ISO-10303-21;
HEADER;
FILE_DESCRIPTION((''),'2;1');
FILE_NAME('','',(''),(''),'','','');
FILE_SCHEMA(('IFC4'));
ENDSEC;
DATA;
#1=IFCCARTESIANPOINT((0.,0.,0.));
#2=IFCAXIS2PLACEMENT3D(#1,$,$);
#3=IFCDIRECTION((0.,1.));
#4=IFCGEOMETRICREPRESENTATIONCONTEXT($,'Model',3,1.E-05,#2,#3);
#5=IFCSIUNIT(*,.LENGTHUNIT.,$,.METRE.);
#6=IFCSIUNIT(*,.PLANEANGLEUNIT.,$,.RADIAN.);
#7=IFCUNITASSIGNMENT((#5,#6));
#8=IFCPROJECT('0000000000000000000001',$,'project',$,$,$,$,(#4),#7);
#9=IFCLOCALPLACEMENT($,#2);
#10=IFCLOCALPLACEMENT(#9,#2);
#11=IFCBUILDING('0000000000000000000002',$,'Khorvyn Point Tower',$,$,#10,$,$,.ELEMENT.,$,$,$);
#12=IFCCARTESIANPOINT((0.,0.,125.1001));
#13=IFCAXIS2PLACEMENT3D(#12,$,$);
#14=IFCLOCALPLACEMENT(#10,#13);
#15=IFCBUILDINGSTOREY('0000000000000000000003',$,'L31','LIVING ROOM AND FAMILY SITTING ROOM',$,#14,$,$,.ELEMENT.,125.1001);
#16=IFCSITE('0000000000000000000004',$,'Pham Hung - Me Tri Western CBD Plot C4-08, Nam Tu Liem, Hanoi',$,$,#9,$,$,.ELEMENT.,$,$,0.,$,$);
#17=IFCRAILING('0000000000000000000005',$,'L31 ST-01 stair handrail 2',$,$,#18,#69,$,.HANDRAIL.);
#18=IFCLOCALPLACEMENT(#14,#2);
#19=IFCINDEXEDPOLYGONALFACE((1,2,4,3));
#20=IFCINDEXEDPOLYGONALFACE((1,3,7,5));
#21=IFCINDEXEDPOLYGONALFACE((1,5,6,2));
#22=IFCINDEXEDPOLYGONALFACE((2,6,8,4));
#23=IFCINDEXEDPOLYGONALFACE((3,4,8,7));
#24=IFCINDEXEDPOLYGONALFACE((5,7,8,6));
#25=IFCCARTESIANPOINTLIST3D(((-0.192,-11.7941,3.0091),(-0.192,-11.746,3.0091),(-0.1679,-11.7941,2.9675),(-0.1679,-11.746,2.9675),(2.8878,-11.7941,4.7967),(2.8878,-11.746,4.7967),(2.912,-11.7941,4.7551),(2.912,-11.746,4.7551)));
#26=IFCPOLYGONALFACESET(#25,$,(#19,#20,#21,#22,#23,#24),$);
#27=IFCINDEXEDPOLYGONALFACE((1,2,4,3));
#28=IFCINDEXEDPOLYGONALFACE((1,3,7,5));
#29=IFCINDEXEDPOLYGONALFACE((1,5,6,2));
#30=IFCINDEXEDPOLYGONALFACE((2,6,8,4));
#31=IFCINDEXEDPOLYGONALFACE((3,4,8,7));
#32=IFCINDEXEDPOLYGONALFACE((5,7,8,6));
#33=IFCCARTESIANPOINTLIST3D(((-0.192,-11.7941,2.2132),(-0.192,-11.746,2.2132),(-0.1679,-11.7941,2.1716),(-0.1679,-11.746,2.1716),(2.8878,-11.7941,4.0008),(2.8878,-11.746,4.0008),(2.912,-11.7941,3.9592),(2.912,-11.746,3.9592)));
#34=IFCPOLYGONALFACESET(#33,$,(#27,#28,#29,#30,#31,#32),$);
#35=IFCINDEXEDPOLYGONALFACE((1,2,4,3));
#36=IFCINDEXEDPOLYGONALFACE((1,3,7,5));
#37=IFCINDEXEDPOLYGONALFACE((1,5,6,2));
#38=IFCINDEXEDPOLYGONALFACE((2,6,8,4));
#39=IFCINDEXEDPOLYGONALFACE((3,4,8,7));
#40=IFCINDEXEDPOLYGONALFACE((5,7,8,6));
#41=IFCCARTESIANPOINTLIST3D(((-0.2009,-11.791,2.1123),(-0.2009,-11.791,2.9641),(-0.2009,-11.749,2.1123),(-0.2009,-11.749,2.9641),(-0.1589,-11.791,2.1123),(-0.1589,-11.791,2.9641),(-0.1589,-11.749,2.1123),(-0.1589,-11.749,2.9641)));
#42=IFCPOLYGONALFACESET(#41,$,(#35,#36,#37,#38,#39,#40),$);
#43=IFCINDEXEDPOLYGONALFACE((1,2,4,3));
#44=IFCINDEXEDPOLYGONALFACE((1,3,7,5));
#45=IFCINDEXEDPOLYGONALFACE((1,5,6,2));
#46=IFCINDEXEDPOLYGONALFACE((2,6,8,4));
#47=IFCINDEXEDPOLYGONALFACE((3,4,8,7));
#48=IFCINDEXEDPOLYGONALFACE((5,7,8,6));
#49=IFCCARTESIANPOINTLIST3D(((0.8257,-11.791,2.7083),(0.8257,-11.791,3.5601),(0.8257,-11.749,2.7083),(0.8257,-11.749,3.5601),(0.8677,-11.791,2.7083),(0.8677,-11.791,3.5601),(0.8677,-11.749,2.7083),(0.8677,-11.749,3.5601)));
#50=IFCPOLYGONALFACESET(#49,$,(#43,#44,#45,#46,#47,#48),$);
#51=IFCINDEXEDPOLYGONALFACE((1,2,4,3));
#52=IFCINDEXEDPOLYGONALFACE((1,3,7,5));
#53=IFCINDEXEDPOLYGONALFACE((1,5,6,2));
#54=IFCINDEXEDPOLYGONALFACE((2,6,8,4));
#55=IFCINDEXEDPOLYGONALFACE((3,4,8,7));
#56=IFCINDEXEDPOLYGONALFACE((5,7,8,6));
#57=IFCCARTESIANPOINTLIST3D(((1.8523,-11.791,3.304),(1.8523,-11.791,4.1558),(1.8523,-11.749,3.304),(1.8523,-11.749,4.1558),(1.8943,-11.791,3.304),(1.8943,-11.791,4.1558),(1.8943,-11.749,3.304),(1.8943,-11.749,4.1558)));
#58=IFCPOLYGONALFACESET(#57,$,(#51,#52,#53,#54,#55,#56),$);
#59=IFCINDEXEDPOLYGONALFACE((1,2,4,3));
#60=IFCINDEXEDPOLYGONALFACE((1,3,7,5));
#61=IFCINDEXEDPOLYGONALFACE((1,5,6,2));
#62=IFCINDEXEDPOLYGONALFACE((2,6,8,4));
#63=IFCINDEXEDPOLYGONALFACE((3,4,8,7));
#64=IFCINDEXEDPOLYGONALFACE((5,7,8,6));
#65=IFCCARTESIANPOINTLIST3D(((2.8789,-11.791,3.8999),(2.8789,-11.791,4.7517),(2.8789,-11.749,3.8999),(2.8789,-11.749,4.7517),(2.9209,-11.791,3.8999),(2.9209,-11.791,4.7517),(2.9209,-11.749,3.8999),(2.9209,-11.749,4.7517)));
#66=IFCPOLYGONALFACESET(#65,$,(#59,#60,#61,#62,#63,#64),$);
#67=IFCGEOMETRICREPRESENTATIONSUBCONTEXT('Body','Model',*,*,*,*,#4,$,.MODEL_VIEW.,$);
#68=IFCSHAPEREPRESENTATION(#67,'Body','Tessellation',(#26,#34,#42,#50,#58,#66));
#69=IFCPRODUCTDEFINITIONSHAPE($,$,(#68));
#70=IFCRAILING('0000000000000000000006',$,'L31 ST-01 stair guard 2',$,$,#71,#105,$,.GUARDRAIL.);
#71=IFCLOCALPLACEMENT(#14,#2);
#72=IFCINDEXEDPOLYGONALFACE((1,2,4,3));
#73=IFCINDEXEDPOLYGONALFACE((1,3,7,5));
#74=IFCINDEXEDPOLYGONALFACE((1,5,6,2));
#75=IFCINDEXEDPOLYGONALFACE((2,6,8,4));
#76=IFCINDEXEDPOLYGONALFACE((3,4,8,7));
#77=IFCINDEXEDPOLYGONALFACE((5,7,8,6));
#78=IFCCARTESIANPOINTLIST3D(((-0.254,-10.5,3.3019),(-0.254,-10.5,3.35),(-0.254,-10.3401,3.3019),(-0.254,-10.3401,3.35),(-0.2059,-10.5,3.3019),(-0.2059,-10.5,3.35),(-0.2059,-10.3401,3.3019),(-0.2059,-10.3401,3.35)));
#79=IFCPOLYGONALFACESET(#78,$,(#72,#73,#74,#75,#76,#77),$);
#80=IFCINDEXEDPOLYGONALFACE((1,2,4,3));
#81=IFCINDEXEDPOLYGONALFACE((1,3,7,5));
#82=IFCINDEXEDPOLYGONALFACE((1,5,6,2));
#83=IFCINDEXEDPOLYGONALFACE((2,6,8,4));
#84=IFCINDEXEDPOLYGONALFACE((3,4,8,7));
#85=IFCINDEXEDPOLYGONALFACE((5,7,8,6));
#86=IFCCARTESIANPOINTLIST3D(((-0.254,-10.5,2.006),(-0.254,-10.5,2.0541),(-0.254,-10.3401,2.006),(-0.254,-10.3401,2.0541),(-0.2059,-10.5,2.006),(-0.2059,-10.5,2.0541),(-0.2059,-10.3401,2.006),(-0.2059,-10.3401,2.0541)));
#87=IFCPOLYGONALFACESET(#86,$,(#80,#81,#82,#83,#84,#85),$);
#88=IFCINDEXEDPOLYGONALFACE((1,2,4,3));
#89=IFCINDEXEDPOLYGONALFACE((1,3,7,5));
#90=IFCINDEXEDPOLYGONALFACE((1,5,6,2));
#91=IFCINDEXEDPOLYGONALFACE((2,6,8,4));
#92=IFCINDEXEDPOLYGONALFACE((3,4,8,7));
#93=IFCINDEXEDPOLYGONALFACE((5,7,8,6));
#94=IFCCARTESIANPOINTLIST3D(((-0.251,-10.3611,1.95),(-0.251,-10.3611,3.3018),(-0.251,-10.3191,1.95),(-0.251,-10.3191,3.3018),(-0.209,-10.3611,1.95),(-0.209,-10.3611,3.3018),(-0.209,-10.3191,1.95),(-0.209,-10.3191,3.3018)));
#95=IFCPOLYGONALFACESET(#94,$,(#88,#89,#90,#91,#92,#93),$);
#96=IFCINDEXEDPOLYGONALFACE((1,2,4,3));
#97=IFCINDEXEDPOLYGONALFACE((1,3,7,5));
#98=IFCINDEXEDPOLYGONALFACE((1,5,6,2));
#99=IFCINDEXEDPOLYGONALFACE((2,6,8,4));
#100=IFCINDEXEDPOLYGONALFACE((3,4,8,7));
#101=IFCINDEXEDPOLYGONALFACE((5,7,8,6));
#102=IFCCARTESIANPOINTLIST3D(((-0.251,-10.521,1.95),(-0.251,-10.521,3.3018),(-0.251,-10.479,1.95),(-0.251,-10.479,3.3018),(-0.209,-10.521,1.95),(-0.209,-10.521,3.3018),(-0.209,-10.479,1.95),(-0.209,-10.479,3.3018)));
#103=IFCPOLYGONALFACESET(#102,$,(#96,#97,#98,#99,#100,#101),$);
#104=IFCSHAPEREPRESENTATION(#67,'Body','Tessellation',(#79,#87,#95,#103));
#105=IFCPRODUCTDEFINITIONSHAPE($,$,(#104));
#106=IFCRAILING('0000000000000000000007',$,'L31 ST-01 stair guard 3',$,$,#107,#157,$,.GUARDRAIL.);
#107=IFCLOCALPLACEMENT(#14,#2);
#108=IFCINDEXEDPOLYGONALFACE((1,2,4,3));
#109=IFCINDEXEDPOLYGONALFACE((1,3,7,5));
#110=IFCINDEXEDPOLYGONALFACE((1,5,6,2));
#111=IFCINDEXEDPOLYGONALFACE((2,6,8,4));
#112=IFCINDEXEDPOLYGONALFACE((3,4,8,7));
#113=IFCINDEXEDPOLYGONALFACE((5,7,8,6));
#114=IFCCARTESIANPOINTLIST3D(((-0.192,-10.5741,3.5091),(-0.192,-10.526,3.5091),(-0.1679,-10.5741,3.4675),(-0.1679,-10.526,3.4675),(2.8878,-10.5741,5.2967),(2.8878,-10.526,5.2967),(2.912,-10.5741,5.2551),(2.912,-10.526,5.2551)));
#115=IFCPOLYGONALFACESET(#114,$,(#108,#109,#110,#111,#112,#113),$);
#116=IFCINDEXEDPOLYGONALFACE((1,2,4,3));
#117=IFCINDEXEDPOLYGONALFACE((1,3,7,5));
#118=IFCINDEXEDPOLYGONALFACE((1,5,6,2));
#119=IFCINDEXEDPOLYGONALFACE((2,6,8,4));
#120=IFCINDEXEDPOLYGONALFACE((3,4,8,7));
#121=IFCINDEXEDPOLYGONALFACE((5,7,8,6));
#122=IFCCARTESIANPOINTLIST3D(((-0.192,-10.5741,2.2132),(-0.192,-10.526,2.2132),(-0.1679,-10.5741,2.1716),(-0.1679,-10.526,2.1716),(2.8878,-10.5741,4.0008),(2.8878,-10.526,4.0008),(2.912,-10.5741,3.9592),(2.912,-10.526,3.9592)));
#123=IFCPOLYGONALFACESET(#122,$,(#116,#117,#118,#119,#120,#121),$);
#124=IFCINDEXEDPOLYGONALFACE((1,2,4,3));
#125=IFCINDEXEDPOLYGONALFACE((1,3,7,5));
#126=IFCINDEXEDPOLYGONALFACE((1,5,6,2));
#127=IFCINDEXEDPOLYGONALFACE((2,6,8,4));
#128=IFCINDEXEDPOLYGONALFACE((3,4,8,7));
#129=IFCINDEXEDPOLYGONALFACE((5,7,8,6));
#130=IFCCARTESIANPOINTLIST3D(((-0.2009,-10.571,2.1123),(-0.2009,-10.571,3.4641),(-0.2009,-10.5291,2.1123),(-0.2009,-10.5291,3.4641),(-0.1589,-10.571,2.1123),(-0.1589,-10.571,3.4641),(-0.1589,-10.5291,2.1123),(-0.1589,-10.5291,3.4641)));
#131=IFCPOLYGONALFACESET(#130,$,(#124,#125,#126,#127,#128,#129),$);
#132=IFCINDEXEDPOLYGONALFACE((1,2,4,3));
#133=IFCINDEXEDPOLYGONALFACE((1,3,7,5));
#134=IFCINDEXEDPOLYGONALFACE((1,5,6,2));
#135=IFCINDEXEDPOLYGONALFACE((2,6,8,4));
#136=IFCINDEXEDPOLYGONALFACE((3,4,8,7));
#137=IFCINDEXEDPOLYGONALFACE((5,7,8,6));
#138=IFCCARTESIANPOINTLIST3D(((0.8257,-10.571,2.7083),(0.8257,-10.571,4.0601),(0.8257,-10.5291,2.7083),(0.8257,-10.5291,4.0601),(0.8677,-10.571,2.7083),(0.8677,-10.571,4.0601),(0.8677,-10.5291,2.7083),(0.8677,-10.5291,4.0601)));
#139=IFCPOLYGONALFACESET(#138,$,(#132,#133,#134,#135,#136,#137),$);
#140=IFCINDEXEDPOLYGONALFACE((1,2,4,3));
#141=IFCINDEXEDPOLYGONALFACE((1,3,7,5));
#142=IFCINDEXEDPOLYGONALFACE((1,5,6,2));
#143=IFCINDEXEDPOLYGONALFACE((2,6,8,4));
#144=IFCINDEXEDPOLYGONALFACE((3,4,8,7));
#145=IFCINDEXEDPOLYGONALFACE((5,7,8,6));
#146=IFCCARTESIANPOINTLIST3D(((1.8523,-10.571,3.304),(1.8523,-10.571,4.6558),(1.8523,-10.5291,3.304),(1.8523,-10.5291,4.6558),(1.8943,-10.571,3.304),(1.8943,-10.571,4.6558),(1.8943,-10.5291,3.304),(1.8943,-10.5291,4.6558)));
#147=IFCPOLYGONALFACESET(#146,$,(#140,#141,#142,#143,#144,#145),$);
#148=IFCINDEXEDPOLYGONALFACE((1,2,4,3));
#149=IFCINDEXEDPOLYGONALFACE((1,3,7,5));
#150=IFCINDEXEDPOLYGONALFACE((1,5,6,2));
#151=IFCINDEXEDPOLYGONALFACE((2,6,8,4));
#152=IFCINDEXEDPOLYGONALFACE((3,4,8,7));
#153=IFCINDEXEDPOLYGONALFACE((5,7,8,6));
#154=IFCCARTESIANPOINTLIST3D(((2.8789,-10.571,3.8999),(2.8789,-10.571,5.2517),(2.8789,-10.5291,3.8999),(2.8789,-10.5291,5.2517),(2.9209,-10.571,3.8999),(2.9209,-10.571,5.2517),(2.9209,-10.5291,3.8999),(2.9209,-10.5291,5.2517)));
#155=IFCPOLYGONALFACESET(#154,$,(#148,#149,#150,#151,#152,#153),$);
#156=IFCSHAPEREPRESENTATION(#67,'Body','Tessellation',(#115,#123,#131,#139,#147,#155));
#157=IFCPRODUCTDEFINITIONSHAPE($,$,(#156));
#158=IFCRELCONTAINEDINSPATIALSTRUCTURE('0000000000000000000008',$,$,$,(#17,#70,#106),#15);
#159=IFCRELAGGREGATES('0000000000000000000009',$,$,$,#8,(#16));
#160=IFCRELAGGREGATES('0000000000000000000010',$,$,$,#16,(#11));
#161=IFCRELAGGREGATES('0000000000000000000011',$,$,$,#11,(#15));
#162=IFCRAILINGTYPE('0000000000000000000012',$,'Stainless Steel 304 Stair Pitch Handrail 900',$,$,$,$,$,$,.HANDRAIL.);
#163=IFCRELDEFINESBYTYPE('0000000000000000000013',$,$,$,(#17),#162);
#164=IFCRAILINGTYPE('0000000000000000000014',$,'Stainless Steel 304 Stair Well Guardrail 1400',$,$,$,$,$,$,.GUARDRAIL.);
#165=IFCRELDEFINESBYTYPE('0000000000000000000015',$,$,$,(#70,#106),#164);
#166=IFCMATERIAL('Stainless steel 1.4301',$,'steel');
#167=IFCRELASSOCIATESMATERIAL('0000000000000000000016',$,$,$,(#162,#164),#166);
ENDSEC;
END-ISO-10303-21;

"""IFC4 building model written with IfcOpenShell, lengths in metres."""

from ifc_helpers import new_model, si_unit, direction, frame, origin, origin_2d, place, context, subcontext, project, spatial, rectangle, extrude, material, type_object, element, save


model = new_model("IFC4")

# Units and contexts
model_context = context("Model", 3, precision=1e-05, world=origin(), true_north=direction((0.0, 1.0)))
body_context = subcontext(model_context, "Body", "Model", "MODEL_VIEW")
ifc_project = project(units=[si_unit("LENGTHUNIT", "METRE"), si_unit("PLANEANGLEUNIT", "RADIAN")], contexts=[model_context])

# Site, building, storey
site_placement = place(None, origin())
site = spatial("IfcSite", under=ifc_project, at=site_placement, Name="Pham Hung - Me Tri Western CBD Plot C4-08, Nam Tu Liem, Hanoi", CompositionType="ELEMENT", RefElevation=0.0)
building_placement = place(site_placement, origin())
building = spatial("IfcBuilding", under=site, at=building_placement, Name="Khorvyn Point Tower", CompositionType="ELEMENT")
storey_placement = place(building_placement, frame((0.0, 0.0, 125.1001)))
storey = spatial("IfcBuildingStorey", under=building, at=storey_placement, Name="L31", Description="LIVING ROOM AND FAMILY SITTING ROOM", CompositionType="ELEMENT", Elevation=125.1001)

# Railings
ifc_material_1 = material(Name="Stainless steel 1.4301", Category="steel")
railing_type_1 = type_object("IfcRailingType", Name="Stainless Steel 304 Stair Pitch Handrail 900", PredefinedType="HANDRAIL", material=ifc_material_1)
railing_1_placement = place(storey_placement, frame((-0.1799, -11.77, 2.1123)))
element("IfcRailing", 1, at=railing_1_placement, inside=storey, type_object=railing_type_1, Name="L31 ST-01 stair handrail 2", PredefinedType="HANDRAIL", context=body_context, shape_type="SweptSolid", body=[
    extrude(rectangle(XDim=0.0481, YDim=0.0481, at=origin_2d()), frame((0.0, 0.0, 0.876), z_axis=(0.864873, 0.0, 0.50199), x_axis=(0.0, 1.0, 0.0)), (0.0, 0.0, 1.0), 3.561),
    extrude(rectangle(XDim=0.0481, YDim=0.0481, at=origin_2d()), frame((0.0, 0.0, 0.0801), z_axis=(0.864873, 0.0, 0.50199), x_axis=(0.0, 1.0, 0.0)), (0.0, 0.0, 1.0), 3.561),
    extrude(rectangle(XDim=0.042, YDim=0.042, at=origin_2d()), origin(), (0.0, 0.0, 1.0), 0.8518),
    extrude(rectangle(XDim=0.042, YDim=0.042, at=origin_2d()), frame((1.0266, 0.0, 0.5959)), (0.0, 0.0, 1.0), 0.8518),
    extrude(rectangle(XDim=0.042, YDim=0.042, at=origin_2d()), frame((2.0532, 0.0, 1.1917)), (0.0, 0.0, 1.0), 0.8518),
    extrude(rectangle(XDim=0.042, YDim=0.042, at=origin_2d()), frame((3.0798, 0.0, 1.7876)), (0.0, 0.0, 1.0), 0.8518),
])
railing_type_2 = type_object("IfcRailingType", Name="Stainless Steel 304 Stair Well Guardrail 1400", PredefinedType="GUARDRAIL", material=ifc_material_1)
railing_2_placement = place(storey_placement, frame((-0.23, -10.3401, 1.95)))
element("IfcRailing", 2, at=railing_2_placement, inside=storey, type_object=railing_type_2, Name="L31 ST-01 stair guard 2", PredefinedType="GUARDRAIL", context=body_context, shape_type="SweptSolid", body=[
    extrude(rectangle(XDim=0.0481, YDim=0.0481, at=origin_2d()), frame((0.0, 0.0, 1.376), z_axis=(0.0, -1.0, 0.0), x_axis=(1.0, 0.0, 0.0)), (0.0, 0.0, 1.0), 0.1599),
    extrude(rectangle(XDim=0.0481, YDim=0.0481, at=origin_2d()), frame((0.0, 0.0, 0.0801), z_axis=(0.0, -1.0, 0.0), x_axis=(1.0, 0.0, 0.0)), (0.0, 0.0, 1.0), 0.1599),
    extrude(rectangle(XDim=0.042, YDim=0.042, at=origin_2d()), origin(), (0.0, 0.0, 1.0), 1.3518),
    extrude(rectangle(XDim=0.042, YDim=0.042, at=origin_2d()), frame((0.0, -0.1599, 0.0)), (0.0, 0.0, 1.0), 1.3518),
])
railing_3_placement = place(storey_placement, frame((-0.1799, -10.55, 2.1123)))
element("IfcRailing", 3, at=railing_3_placement, inside=storey, type_object=railing_type_2, Name="L31 ST-01 stair guard 3", PredefinedType="GUARDRAIL", context=body_context, shape_type="SweptSolid", body=[
    extrude(rectangle(XDim=0.0481, YDim=0.0481, at=origin_2d()), frame((0.0, 0.0, 1.376), z_axis=(0.864873, 0.0, 0.50199), x_axis=(0.0, 1.0, 0.0)), (0.0, 0.0, 1.0), 3.561),
    extrude(rectangle(XDim=0.0481, YDim=0.0481, at=origin_2d()), frame((0.0, 0.0, 0.0801), z_axis=(0.864873, 0.0, 0.50199), x_axis=(0.0, 1.0, 0.0)), (0.0, 0.0, 1.0), 3.561),
    extrude(rectangle(XDim=0.042, YDim=0.042, at=origin_2d()), origin(), (0.0, 0.0, 1.0), 1.3518),
    extrude(rectangle(XDim=0.042, YDim=0.042, at=origin_2d()), frame((1.0266, 0.0, 0.5959)), (0.0, 0.0, 1.0), 1.3518),
    extrude(rectangle(XDim=0.042, YDim=0.042, at=origin_2d()), frame((2.0532, 0.0, 1.1917)), (0.0, 0.0, 1.0), 1.3518),
    extrude(rectangle(XDim=0.042, YDim=0.042, at=origin_2d()), frame((3.0798, 0.0, 1.7876)), (0.0, 0.0, 1.0), 1.3518),
])

save(model, "model.ifc")
